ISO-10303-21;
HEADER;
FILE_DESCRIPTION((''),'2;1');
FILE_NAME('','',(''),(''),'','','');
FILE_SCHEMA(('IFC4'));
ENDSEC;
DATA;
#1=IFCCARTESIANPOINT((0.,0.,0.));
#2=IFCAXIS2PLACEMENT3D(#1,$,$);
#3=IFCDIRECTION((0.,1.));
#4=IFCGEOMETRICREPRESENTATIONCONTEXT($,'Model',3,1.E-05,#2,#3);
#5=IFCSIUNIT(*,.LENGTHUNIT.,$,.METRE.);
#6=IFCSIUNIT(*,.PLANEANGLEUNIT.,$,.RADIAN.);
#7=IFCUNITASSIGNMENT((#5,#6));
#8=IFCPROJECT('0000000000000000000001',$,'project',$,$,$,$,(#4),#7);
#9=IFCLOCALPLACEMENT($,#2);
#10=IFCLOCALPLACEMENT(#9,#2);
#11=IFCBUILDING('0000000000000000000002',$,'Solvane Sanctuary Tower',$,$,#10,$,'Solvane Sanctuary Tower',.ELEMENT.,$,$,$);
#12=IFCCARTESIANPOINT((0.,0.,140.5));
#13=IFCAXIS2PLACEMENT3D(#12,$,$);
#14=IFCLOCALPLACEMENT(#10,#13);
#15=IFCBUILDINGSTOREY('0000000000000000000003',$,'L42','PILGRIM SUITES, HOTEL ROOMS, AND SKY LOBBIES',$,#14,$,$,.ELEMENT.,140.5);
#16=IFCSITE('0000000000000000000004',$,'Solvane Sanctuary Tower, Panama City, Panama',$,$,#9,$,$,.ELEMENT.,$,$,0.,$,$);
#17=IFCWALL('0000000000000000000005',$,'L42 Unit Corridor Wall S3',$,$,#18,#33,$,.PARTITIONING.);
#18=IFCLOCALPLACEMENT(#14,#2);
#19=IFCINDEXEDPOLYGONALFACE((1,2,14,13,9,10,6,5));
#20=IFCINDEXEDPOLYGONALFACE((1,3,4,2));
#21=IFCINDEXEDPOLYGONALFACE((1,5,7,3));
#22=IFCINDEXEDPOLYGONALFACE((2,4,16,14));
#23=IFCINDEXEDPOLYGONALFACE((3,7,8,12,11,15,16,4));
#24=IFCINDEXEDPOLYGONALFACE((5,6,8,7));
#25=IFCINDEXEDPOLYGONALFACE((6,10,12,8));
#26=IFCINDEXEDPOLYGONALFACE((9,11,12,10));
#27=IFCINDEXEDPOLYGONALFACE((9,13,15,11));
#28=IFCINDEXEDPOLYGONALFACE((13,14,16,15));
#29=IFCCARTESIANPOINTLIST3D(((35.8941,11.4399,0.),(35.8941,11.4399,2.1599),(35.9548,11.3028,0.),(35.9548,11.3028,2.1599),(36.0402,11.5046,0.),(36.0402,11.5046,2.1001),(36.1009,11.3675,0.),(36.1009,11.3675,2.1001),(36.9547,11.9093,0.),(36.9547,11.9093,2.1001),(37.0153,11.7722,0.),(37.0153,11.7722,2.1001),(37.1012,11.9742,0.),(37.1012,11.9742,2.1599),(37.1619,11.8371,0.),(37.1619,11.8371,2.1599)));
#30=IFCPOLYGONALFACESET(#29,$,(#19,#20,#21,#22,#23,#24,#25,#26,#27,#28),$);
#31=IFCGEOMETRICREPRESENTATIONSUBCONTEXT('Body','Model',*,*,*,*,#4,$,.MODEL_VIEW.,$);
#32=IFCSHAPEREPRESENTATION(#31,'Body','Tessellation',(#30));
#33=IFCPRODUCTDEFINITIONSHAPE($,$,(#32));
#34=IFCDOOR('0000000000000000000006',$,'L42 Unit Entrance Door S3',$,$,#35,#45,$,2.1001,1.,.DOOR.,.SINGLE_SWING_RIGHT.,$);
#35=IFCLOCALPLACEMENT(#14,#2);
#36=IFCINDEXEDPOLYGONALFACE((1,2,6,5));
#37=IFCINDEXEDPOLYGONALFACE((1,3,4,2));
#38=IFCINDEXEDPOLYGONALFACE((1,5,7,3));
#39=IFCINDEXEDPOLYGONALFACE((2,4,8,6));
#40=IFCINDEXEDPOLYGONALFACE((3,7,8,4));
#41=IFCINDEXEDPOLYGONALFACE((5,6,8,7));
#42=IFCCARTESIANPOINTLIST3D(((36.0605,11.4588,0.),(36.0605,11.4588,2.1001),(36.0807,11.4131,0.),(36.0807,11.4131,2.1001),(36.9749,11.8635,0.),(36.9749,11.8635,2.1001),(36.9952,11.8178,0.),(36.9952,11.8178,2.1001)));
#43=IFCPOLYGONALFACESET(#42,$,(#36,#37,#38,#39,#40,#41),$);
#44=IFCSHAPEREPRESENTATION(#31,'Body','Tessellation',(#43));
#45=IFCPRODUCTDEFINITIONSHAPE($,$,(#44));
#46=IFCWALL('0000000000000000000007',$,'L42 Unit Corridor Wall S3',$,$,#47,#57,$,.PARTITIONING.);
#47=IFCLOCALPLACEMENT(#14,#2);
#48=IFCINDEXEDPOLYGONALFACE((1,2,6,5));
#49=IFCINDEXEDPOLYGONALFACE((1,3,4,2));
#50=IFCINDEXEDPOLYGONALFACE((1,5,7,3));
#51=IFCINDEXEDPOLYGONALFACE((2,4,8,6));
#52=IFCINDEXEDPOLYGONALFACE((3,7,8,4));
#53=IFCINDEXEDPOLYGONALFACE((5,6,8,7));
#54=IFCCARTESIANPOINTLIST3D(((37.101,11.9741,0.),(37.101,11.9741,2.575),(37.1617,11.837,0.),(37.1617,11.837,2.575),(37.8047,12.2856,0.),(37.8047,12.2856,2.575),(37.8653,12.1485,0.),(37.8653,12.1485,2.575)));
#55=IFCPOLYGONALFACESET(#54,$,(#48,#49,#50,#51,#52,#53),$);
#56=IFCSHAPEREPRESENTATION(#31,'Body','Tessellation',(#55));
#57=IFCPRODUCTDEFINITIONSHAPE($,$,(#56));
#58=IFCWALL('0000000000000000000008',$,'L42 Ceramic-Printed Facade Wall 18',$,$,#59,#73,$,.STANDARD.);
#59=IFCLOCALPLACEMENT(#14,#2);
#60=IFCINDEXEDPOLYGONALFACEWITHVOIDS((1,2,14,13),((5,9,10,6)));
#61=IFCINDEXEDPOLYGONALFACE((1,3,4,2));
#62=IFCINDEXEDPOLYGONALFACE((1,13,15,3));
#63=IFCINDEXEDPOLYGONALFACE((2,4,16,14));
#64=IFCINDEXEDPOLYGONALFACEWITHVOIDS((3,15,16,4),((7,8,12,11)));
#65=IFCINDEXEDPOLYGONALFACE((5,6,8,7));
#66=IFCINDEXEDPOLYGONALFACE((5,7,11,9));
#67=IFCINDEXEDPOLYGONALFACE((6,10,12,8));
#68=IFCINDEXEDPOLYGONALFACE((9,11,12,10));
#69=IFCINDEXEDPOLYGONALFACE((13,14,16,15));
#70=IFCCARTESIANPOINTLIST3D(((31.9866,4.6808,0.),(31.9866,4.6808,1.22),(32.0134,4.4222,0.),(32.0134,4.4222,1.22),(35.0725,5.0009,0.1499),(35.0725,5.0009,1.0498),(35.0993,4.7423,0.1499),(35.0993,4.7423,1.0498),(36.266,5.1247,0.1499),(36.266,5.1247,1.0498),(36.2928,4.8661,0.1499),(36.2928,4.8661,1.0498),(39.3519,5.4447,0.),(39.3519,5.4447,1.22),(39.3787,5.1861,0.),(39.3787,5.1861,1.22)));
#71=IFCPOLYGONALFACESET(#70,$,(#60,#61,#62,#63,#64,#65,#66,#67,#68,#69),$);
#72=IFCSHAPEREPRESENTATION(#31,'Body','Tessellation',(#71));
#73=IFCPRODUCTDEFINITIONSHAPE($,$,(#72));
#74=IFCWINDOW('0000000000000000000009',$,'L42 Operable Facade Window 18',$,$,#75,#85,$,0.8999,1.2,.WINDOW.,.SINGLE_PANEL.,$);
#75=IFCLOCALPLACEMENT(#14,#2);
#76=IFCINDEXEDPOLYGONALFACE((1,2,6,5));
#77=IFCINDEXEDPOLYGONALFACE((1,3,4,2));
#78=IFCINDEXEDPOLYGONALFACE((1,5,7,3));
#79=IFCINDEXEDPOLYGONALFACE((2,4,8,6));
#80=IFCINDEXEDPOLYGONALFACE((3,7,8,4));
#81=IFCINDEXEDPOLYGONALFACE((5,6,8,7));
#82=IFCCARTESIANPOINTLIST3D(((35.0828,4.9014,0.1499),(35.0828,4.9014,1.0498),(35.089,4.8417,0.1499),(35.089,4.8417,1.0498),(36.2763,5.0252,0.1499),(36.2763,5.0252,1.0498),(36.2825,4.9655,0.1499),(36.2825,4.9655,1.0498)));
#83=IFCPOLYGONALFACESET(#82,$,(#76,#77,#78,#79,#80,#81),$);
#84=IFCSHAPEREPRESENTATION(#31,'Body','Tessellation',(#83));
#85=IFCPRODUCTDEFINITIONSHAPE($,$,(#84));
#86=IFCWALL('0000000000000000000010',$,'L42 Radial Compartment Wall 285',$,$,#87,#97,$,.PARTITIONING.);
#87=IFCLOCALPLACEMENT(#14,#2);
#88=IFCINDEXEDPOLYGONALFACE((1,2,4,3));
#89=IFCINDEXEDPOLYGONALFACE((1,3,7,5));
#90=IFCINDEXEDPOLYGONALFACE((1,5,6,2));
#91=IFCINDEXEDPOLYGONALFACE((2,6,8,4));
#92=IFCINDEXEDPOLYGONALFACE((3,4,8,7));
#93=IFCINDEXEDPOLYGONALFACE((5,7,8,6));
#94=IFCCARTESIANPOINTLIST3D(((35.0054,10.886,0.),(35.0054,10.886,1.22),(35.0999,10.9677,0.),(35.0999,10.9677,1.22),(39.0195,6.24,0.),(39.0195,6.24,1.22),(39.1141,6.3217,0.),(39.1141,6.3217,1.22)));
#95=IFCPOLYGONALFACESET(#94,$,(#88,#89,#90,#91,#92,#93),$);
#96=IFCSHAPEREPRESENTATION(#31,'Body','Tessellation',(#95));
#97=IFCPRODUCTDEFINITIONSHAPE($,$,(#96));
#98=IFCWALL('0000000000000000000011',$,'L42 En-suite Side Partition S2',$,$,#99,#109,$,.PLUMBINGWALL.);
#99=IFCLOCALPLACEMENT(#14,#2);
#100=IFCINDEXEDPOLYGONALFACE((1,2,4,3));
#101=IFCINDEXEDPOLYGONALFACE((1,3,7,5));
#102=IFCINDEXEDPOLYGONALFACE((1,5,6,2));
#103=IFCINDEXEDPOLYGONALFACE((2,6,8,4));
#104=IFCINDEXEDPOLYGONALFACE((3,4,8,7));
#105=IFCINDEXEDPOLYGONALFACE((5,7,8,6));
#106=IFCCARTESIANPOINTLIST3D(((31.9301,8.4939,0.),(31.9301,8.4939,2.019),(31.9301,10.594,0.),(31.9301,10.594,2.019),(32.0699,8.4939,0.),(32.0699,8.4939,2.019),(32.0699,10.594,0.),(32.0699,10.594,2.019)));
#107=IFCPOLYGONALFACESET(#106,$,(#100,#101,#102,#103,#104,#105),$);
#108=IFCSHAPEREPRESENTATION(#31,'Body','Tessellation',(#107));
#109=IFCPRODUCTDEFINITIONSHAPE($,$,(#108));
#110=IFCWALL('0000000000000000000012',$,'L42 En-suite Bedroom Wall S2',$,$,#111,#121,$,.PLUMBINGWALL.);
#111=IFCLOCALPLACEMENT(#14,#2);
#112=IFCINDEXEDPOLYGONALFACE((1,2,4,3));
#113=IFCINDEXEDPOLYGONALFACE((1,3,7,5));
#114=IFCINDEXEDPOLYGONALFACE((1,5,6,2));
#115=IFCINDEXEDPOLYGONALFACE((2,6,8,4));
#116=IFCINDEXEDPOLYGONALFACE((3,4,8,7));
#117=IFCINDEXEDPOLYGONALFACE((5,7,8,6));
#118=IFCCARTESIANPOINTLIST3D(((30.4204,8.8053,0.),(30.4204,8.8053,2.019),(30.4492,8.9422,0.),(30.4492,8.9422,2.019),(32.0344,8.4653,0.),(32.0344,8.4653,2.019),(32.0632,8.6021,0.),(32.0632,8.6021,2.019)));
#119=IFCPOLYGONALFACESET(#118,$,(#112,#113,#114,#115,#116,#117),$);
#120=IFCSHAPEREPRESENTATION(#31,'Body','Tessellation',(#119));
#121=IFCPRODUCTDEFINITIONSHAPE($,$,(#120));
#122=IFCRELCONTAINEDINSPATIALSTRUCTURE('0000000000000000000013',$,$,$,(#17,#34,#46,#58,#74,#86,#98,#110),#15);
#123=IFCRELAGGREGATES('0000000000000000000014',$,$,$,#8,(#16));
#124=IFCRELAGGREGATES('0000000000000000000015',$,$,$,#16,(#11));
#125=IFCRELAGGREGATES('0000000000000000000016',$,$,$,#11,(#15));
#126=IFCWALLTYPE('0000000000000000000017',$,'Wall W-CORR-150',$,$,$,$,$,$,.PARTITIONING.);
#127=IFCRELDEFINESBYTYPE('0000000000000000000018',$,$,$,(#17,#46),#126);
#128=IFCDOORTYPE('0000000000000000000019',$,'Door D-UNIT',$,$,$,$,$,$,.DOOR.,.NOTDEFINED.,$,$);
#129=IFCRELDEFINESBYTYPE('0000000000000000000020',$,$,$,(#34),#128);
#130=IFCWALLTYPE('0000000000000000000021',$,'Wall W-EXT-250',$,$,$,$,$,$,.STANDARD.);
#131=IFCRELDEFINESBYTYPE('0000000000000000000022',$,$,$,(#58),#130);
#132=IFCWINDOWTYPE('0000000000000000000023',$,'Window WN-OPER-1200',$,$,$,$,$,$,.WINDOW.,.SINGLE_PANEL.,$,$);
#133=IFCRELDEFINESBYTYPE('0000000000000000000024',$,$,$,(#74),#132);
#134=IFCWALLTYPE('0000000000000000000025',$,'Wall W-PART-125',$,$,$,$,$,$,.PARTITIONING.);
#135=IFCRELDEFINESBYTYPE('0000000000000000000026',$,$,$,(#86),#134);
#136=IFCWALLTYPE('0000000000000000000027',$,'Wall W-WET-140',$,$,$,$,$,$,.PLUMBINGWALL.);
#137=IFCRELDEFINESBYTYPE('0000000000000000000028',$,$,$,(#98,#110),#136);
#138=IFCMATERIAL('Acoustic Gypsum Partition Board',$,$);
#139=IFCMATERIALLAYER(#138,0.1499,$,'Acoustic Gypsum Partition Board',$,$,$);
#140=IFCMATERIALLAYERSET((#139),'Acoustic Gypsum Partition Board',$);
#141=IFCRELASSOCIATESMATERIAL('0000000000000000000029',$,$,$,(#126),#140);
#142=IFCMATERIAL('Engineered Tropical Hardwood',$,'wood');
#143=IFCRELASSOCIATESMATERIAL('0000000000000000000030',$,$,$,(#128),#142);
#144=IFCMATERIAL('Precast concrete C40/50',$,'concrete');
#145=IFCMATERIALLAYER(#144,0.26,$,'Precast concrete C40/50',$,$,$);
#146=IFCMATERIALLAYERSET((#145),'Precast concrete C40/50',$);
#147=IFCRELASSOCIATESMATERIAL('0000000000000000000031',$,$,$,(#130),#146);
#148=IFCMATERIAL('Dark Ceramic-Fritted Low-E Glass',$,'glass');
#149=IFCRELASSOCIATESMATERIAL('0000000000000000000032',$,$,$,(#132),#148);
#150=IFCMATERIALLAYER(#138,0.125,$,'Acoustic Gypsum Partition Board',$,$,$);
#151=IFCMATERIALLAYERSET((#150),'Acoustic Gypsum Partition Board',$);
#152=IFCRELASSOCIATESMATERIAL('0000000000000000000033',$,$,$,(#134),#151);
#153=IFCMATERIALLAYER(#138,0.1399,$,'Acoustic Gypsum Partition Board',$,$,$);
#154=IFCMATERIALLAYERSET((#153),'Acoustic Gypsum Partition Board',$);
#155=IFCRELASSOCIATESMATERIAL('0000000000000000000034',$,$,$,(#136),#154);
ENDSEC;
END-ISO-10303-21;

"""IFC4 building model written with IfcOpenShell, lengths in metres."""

from ifc_helpers import new_model, si_unit, direction, frame, frame_2d, origin, place, context, subcontext, project, spatial, rectangle, extrude, material, layer, layer_set, type_object, element, fill, save


model = new_model("IFC4")

# Units and contexts
model_context = context("Model", 3, precision=1e-05, world=origin(), true_north=direction((0.0, 1.0)))
body_context = subcontext(model_context, "Body", "Model", "MODEL_VIEW")
ifc_project = project(units=[si_unit("LENGTHUNIT", "METRE"), si_unit("PLANEANGLEUNIT", "RADIAN")], contexts=[model_context])

# Site, building, storey
site_placement = place(None, origin())
site = spatial("IfcSite", under=ifc_project, at=site_placement, Name="Solvane Sanctuary Tower, Panama City, Panama", CompositionType="ELEMENT", RefElevation=0.0)
building_placement = place(site_placement, origin())
building = spatial("IfcBuilding", under=site, at=building_placement, Name="Solvane Sanctuary Tower", LongName="Solvane Sanctuary Tower", CompositionType="ELEMENT")
storey_placement = place(building_placement, frame((0.0, 0.0, 140.5)))
storey = spatial("IfcBuildingStorey", under=building, at=storey_placement, Name="L42", Description="PILGRIM SUITES, HOTEL ROOMS, AND SKY LOBBIES", CompositionType="ELEMENT", Elevation=140.5)

# Shared definitions
ifc_material_1 = material(Name="Acoustic Gypsum Partition Board")
ifc_layer_1 = layer(ifc_material_1, 0.1499, Name="Acoustic Gypsum Partition Board")
ifc_layer_set_1 = layer_set([ifc_layer_1], Name="Acoustic Gypsum Partition Board")
wall_type_1 = type_object("IfcWallType", Name="Wall W-CORR-150", PredefinedType="PARTITIONING", material=ifc_layer_set_1)
ifc_material_2 = material(Name="Engineered Tropical Hardwood", Category="wood")

# Shared definitions
door_type_1 = type_object("IfcDoorType", Name="Door D-UNIT", OperationType="NOTDEFINED", PredefinedType="DOOR", material=ifc_material_2)

# Wall, opening, door
wall_1_placement = place(storey_placement, frame((35.9243, 11.3713, 0.0), z_axis=(0.0, 0.0, 1.0), x_axis=(0.914451, 0.404696, 0.0)))
wall_1 = element("IfcWall", 1, at=wall_1_placement, inside=storey, type_object=wall_type_1, Name="L42 Unit Corridor Wall S3", PredefinedType="PARTITIONING", context=body_context, shape_type="SweptSolid", body=[
    extrude(rectangle(XDim=1.3201, YDim=0.1499, at=frame_2d((0.6602, 0.0))), origin(), (0.0, 0.0, 1.0), 2.1599),
])
opening_1_placement = place(wall_1_placement, frame((0.1599, 0.0, 0.0)))
opening_1 = element("IfcOpeningElement", 2, at=opening_1_placement, cuts=wall_1, PredefinedType="OPENING", context=body_context, shape_type="SweptSolid", body=[
    extrude(rectangle(XDim=1.0, YDim=2.1001, at=frame_2d((0.5, 1.05))), frame((0.0, 0.085, 0.0), z_axis=(0.0, -1.0, 0.0), x_axis=(1.0, 0.0, 0.0)), (0.0, 0.0, 1.0), 0.1699),
])
door_1_placement = place(opening_1_placement, origin())
door_1 = element("IfcDoor", 3, at=door_1_placement, inside=storey, type_object=door_type_1, Name="L42 Unit Entrance Door S3", OperationType="SINGLE_SWING_RIGHT", OverallHeight=2.1001, OverallWidth=1.0, PredefinedType="DOOR", context=body_context, shape_type="SweptSolid", body=[
    extrude(rectangle(XDim=1.0, YDim=2.1001, at=frame_2d((0.5, 1.05))), frame((0.0, 0.0249, 0.0), z_axis=(0.0, -1.0, 0.0), x_axis=(1.0, 0.0, 0.0)), (0.0, 0.0, 1.0), 0.05),
])
fill(opening_1, door_1)

# Wall
wall_2_placement = place(storey_placement, frame((37.1313, 11.9055, 0.0), z_axis=(0.0, 0.0, 1.0), x_axis=(0.914386, 0.404843, 0.0)))
element("IfcWall", 4, at=wall_2_placement, inside=storey, type_object=wall_type_1, Name="L42 Unit Corridor Wall S3", PredefinedType="PARTITIONING", context=body_context, shape_type="SweptSolid", body=[
    extrude(rectangle(XDim=0.7695, YDim=0.1499, at=frame_2d((0.3848, 0.0))), origin(), (0.0, 0.0, 1.0), 2.575),
])

# Wall, opening, window
ifc_material_3 = material(Name="Precast concrete C40/50", Category="concrete")
ifc_layer_2 = layer(ifc_material_3, 0.26, Name="Precast concrete C40/50")
ifc_layer_set_2 = layer_set([ifc_layer_2], Name="Precast concrete C40/50")
wall_type_2 = type_object("IfcWallType", Name="Wall W-EXT-250", PredefinedType="STANDARD", material=ifc_layer_set_2)
wall_3_placement = place(storey_placement, frame((32.0, 4.5515, 0.0), z_axis=(0.0, 0.0, 1.0), x_axis=(0.994664, 0.103166, 0.0)))
wall_3 = element("IfcWall", 5, at=wall_3_placement, inside=storey, type_object=wall_type_2, Name="L42 Ceramic-Printed Facade Wall 18", PredefinedType="STANDARD", context=body_context, shape_type="SweptSolid", body=[
    extrude(rectangle(XDim=7.4048, YDim=0.26, at=frame_2d((3.7024, 0.0))), origin(), (0.0, 0.0, 1.0), 1.22),
])
opening_2_placement = place(wall_3_placement, frame((3.1023, 0.0, 0.1499)))
opening_2 = element("IfcOpeningElement", 6, at=opening_2_placement, cuts=wall_3, PredefinedType="OPENING", context=body_context, shape_type="SweptSolid", body=[
    extrude(rectangle(XDim=1.2, YDim=0.8999, at=frame_2d((0.6001, 0.45))), frame((0.0, 0.1399, 0.0), z_axis=(0.0, -1.0, 0.0), x_axis=(1.0, 0.0, 0.0)), (0.0, 0.0, 1.0), 0.28),
])
ifc_material_4 = material(Name="Dark Ceramic-Fritted Low-E Glass", Category="glass")
window_type = type_object("IfcWindowType", Name="Window WN-OPER-1200", PartitioningType="SINGLE_PANEL", PredefinedType="WINDOW", material=ifc_material_4)
window_placement = place(opening_2_placement, origin())
window = element("IfcWindow", 7, at=window_placement, inside=storey, type_object=window_type, Name="L42 Operable Facade Window 18", OverallHeight=0.8999, OverallWidth=1.2, PartitioningType="SINGLE_PANEL", PredefinedType="WINDOW", context=body_context, shape_type="SweptSolid", body=[
    extrude(rectangle(XDim=1.2, YDim=0.8999, at=frame_2d((0.6001, 0.45))), frame((0.0, 0.03, 0.0), z_axis=(0.0, -1.0, 0.0), x_axis=(1.0, 0.0, 0.0)), (0.0, 0.0, 1.0), 0.0601),
])
fill(opening_2, window)

# Walls
ifc_layer_3 = layer(ifc_material_1, 0.125, Name="Acoustic Gypsum Partition Board")
ifc_layer_set_3 = layer_set([ifc_layer_3], Name="Acoustic Gypsum Partition Board")
wall_type_3 = type_object("IfcWallType", Name="Wall W-PART-125", PredefinedType="PARTITIONING", material=ifc_layer_set_3)
wall_4_placement = place(storey_placement, frame((35.0527, 10.9268, 0.0), z_axis=(0.0, 0.0, 1.0), x_axis=(0.653779, -0.756685, 0.0)))
element("IfcWall", 8, at=wall_4_placement, inside=storey, type_object=wall_type_3, Name="L42 Radial Compartment Wall 285", PredefinedType="PARTITIONING", context=body_context, shape_type="SweptSolid", body=[
    extrude(rectangle(XDim=6.1399, YDim=0.125, at=frame_2d((3.0698, 0.0))), origin(), (0.0, 0.0, 1.0), 1.22),
])
ifc_layer_4 = layer(ifc_material_1, 0.1399, Name="Acoustic Gypsum Partition Board")
ifc_layer_set_4 = layer_set([ifc_layer_4], Name="Acoustic Gypsum Partition Board")
wall_type_4 = type_object("IfcWallType", Name="Wall W-WET-140", PredefinedType="PLUMBINGWALL", material=ifc_layer_set_4)
wall_5_placement = place(storey_placement, frame((32.0, 10.594, 0.0), z_axis=(0.0, 0.0, 1.0), x_axis=(0.0, -1.0, 0.0)))
element("IfcWall", 9, at=wall_5_placement, inside=storey, type_object=wall_type_4, Name="L42 En-suite Side Partition S2", PredefinedType="PLUMBINGWALL", context=body_context, shape_type="SweptSolid", body=[
    extrude(rectangle(XDim=2.1001, YDim=0.1399, at=frame_2d((1.05, 0.0))), origin(), (0.0, 0.0, 1.0), 2.019),
])
wall_6_placement = place(storey_placement, frame((30.4348, 8.8738, 0.0), z_axis=(0.0, 0.0, 1.0), x_axis=(0.978514, -0.206182, 0.0)))
element("IfcWall", 10, at=wall_6_placement, inside=storey, type_object=wall_type_4, Name="L42 En-suite Bedroom Wall S2", PredefinedType="PLUMBINGWALL", context=body_context, shape_type="SweptSolid", body=[
    extrude(rectangle(XDim=1.6494, YDim=0.1399, at=frame_2d((0.8247, 0.0))), origin(), (0.0, 0.0, 1.0), 2.019),
])

save(model, "model.ifc")
